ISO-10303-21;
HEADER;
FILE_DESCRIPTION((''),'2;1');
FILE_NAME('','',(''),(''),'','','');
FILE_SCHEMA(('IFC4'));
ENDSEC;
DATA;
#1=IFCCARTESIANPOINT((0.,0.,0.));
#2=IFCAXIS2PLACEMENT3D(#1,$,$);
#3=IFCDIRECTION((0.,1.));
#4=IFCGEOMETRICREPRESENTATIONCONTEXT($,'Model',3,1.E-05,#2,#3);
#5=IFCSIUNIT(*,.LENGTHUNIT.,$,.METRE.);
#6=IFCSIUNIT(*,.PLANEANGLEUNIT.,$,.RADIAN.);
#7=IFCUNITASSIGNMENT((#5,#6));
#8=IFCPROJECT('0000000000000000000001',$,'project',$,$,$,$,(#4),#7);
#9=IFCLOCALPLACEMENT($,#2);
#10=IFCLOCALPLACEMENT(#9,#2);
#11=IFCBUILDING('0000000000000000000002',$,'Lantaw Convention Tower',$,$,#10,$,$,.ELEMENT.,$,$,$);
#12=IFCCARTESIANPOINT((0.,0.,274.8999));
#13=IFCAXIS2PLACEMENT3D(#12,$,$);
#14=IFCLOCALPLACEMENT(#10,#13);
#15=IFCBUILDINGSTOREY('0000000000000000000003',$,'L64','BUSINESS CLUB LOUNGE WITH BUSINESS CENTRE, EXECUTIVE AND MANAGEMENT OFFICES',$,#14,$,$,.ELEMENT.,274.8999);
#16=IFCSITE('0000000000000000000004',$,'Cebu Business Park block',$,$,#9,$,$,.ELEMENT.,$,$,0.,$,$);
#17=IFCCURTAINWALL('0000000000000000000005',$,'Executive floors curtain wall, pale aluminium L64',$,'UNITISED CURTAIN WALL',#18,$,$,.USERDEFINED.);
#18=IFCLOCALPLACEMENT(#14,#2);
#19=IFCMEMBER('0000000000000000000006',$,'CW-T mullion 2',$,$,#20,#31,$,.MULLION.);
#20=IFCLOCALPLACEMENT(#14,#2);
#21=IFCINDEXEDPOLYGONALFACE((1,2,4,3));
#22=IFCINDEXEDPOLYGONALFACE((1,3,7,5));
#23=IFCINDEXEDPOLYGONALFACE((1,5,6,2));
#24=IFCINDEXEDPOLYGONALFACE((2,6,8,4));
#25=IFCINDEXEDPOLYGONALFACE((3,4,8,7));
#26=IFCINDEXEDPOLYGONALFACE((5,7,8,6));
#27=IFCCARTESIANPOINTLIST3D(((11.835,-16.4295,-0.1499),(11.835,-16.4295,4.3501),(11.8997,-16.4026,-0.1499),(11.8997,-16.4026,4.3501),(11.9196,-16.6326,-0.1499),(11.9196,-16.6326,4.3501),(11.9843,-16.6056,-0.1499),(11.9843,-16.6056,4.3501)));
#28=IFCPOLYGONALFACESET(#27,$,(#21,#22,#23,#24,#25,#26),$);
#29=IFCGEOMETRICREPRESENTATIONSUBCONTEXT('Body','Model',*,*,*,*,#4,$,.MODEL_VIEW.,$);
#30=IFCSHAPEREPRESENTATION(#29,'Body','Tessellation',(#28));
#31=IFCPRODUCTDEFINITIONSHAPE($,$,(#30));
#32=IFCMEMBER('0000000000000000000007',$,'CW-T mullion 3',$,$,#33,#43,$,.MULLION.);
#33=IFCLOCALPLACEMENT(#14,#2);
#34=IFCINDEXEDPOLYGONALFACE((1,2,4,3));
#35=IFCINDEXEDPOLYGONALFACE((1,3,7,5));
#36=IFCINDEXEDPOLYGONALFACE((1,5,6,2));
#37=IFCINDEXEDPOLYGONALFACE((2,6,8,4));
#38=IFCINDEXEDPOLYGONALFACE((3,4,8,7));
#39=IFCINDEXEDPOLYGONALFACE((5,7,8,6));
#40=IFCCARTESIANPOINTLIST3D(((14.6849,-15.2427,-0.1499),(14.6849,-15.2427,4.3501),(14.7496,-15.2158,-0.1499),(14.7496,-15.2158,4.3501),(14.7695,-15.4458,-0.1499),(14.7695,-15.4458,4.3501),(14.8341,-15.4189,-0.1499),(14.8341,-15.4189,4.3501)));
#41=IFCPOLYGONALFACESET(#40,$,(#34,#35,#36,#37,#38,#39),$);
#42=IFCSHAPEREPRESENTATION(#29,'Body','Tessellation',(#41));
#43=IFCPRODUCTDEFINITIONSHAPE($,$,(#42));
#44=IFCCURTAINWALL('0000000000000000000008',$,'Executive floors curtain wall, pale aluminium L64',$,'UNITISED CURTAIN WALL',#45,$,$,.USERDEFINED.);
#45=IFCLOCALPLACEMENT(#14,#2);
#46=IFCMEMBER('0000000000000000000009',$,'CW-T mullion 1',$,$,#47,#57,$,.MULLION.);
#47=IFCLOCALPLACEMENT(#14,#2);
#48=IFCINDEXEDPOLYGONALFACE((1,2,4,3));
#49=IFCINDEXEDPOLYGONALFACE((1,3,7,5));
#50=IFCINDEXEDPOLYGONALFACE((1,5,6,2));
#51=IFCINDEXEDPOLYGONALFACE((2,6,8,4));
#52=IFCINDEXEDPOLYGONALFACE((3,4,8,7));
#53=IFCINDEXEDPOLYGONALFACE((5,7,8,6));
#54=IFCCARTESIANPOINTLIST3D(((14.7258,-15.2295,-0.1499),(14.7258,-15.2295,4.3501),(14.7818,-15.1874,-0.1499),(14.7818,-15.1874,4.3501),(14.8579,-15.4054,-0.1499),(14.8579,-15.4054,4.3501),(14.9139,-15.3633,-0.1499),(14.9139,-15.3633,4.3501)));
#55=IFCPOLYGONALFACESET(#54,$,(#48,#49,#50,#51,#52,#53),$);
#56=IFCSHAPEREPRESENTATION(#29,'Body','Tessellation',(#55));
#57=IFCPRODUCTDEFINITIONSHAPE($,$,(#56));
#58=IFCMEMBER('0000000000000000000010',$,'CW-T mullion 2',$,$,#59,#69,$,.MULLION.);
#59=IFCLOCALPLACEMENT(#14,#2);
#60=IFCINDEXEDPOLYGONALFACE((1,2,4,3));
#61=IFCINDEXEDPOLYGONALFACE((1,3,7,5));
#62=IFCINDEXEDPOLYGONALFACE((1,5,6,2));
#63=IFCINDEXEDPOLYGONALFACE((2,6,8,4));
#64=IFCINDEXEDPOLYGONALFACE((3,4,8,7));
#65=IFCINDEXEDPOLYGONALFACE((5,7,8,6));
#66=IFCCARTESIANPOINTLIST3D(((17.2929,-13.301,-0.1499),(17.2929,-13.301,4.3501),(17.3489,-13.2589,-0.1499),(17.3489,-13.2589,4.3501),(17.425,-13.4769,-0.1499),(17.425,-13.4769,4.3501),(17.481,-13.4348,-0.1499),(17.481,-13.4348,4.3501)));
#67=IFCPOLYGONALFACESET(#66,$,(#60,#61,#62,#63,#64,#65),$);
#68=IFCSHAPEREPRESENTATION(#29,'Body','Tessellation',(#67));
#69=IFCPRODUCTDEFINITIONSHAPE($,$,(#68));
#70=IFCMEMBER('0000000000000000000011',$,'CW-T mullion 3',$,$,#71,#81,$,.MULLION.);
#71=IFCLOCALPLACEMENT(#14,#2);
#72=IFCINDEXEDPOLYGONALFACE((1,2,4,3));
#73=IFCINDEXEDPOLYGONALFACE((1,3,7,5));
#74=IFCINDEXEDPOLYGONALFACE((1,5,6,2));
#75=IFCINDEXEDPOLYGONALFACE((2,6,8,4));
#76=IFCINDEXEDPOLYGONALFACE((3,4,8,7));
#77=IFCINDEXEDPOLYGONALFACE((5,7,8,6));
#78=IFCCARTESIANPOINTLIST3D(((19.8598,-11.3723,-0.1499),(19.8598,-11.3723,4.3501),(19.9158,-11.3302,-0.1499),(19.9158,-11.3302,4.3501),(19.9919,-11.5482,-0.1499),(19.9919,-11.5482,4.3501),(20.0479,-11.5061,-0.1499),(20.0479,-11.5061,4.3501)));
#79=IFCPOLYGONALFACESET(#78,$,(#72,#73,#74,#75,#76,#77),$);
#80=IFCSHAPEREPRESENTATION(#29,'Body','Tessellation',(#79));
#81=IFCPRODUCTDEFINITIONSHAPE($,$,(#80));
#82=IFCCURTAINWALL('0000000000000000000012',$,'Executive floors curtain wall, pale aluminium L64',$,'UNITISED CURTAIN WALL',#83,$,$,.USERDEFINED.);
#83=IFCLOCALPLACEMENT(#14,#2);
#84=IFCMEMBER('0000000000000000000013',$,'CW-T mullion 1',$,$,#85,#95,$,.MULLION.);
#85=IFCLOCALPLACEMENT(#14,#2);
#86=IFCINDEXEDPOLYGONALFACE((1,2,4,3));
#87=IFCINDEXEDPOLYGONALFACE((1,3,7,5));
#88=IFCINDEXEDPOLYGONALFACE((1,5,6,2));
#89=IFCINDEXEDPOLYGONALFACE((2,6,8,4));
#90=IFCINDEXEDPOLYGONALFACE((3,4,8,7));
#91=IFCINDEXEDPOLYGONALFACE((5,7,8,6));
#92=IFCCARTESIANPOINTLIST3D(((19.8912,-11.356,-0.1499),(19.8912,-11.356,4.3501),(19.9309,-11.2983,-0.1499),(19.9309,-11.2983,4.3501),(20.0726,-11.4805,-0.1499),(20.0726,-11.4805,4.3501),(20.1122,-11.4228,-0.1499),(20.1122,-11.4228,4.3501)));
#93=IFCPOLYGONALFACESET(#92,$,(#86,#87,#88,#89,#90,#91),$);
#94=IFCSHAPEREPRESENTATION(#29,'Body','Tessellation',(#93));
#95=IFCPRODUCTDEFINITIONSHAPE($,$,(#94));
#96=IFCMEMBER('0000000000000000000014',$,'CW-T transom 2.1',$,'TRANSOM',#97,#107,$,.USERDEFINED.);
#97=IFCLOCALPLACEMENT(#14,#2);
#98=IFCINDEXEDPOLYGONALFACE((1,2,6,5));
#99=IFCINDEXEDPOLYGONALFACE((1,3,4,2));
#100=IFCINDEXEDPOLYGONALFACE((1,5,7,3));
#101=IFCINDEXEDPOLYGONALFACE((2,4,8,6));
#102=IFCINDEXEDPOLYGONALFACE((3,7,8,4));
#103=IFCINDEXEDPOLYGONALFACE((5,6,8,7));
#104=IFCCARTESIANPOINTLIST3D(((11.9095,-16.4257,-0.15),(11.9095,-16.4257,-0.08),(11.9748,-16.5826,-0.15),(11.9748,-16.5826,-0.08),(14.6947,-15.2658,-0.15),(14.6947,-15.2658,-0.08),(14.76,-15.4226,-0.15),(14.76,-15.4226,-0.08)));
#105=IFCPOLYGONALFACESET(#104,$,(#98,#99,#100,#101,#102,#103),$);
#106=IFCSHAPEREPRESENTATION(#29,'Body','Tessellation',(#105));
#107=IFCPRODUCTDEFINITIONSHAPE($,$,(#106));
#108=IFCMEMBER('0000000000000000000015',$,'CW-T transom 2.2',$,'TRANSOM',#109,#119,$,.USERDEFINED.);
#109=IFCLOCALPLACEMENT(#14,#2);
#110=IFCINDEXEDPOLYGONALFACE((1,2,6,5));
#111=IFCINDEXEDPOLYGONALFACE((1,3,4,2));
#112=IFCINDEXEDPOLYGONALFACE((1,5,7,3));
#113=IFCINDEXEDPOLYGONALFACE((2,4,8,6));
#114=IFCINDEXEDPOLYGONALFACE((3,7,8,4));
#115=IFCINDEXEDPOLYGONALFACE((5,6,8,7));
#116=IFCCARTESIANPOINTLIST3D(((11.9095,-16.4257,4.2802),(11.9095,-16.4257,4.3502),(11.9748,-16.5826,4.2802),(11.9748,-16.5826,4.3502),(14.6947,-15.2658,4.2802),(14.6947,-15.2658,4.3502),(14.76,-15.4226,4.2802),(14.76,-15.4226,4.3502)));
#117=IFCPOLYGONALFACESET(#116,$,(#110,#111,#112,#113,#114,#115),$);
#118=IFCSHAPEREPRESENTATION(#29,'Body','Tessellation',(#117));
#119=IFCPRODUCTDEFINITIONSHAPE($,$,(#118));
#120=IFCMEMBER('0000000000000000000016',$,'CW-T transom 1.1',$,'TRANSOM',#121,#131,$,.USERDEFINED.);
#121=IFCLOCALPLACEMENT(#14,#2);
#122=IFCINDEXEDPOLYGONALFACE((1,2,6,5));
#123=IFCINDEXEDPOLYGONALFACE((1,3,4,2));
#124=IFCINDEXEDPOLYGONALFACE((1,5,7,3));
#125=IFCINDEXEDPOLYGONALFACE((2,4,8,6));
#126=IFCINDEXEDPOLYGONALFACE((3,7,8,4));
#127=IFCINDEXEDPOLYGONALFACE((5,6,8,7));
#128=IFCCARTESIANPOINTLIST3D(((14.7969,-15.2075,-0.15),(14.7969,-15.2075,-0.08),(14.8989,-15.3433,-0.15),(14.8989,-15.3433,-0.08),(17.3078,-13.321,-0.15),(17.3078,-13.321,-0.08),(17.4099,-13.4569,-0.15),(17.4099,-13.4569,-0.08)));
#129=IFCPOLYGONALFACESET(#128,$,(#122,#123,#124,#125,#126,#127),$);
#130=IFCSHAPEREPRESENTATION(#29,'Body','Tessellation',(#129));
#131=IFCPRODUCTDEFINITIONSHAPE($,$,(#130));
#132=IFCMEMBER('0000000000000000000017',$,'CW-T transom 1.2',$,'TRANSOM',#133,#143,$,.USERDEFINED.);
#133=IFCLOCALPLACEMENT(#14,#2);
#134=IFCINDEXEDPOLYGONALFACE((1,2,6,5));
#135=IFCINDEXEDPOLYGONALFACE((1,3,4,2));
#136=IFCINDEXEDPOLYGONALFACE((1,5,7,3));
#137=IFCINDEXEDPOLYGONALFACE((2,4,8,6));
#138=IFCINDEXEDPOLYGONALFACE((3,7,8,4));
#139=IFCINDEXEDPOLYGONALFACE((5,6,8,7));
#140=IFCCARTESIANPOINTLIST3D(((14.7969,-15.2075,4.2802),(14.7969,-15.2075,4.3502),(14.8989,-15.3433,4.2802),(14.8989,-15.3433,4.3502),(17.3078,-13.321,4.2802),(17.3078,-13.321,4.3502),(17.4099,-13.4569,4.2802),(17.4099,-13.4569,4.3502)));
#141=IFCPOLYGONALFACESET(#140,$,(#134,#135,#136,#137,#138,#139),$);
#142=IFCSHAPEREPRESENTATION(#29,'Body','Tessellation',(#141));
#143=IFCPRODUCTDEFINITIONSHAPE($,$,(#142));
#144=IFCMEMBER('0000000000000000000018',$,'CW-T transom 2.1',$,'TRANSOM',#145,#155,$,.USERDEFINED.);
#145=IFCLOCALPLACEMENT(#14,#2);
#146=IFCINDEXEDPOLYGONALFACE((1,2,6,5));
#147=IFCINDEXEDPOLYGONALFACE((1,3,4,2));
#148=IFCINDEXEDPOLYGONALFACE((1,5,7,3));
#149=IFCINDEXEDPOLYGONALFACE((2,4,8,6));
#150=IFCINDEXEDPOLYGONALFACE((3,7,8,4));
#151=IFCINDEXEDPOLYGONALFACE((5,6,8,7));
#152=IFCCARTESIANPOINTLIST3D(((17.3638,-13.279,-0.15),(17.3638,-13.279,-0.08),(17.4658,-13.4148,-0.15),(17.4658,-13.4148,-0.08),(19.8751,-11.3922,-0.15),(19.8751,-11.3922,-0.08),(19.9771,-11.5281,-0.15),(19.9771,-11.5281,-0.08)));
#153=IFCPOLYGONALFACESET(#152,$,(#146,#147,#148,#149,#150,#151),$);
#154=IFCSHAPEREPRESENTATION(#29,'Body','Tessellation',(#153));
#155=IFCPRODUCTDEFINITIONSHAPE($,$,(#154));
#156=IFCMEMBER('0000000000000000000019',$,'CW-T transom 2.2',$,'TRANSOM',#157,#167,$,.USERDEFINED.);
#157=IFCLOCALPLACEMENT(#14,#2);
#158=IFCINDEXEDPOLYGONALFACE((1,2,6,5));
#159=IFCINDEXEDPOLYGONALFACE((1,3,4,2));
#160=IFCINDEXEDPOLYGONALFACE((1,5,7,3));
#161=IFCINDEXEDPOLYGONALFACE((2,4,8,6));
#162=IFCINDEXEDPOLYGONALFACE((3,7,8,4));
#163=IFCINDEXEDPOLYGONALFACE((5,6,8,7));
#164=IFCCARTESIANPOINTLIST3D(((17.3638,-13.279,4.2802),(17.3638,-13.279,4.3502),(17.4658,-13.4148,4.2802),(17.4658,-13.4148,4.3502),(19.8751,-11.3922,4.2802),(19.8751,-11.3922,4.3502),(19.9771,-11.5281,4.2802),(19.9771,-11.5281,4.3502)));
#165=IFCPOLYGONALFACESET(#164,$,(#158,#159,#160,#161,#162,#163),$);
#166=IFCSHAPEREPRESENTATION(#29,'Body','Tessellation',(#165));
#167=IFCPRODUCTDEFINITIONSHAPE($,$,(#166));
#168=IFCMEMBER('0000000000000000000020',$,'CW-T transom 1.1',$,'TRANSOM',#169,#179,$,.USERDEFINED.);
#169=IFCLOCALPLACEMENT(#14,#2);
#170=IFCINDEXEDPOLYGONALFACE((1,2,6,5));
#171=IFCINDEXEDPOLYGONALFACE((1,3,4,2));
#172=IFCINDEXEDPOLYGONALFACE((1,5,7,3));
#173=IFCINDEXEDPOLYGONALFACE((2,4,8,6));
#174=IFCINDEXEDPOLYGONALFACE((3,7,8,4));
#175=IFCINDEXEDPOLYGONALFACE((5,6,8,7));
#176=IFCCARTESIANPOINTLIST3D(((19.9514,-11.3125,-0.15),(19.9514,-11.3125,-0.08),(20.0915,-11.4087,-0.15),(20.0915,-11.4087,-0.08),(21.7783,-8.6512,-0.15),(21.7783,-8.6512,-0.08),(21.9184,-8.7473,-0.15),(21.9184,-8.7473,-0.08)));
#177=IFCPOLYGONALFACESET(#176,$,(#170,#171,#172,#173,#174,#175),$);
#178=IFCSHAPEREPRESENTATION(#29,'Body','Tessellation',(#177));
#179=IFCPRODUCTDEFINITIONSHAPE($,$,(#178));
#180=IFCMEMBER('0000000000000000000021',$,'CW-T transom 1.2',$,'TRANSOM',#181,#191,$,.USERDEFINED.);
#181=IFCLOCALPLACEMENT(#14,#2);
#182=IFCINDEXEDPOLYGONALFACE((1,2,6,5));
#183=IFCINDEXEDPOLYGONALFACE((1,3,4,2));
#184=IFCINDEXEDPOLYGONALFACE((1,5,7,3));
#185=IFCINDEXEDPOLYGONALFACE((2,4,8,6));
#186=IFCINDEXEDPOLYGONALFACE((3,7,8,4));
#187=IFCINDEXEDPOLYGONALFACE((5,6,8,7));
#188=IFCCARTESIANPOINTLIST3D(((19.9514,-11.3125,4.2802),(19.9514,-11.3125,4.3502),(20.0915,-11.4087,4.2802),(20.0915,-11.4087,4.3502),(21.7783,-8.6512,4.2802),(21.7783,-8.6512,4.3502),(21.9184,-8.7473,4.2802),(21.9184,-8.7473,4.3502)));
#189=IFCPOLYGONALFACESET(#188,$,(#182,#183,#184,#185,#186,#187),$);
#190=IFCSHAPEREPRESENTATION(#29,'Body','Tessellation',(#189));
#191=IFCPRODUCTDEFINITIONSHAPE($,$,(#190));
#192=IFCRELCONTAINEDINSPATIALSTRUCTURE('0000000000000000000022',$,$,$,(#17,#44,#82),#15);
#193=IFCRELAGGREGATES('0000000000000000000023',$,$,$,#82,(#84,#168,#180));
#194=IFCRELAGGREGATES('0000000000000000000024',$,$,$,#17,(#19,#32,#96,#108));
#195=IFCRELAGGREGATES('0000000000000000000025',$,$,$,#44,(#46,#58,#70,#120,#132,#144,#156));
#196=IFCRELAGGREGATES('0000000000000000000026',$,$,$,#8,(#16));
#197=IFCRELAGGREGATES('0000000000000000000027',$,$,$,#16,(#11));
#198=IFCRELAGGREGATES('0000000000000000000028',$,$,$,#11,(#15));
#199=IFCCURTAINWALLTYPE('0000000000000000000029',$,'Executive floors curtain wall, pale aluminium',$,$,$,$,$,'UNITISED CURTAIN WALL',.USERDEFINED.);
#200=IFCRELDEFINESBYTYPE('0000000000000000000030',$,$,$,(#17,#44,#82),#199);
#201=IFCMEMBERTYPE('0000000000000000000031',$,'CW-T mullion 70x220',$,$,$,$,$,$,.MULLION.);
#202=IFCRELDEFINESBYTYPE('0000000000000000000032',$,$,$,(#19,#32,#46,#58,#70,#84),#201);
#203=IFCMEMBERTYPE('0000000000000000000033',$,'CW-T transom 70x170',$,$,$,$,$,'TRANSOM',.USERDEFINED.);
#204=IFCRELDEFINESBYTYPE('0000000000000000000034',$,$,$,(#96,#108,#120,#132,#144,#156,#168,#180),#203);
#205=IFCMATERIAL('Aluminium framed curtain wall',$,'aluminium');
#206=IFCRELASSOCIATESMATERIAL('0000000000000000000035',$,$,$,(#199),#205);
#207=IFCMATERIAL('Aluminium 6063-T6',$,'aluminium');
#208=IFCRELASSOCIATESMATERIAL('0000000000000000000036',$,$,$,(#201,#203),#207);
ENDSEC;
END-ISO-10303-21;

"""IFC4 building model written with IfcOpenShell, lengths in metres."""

from ifc_helpers import new_model, si_unit, direction, frame, origin, origin_2d, place, context, subcontext, project, spatial, rectangle, extrude, material, material_profile, profile_set, type_object, element, aggregate, save


model = new_model("IFC4")

# Units and contexts
model_context = context("Model", 3, precision=1e-05, world=origin(), true_north=direction((0.0, 1.0)))
body_context = subcontext(model_context, "Body", "Model", "MODEL_VIEW")
ifc_project = project(units=[si_unit("LENGTHUNIT", "METRE"), si_unit("PLANEANGLEUNIT", "RADIAN")], contexts=[model_context])

# Site, building, storey
site_placement = place(None, origin())
site = spatial("IfcSite", under=ifc_project, at=site_placement, Name="Cebu Business Park block", CompositionType="ELEMENT", RefElevation=0.0)
building_placement = place(site_placement, origin())
building = spatial("IfcBuilding", under=site, at=building_placement, Name="Lantaw Convention Tower", CompositionType="ELEMENT")
storey_placement = place(building_placement, frame((0.0, 0.0, 274.8999)))
storey = spatial("IfcBuildingStorey", under=building, at=storey_placement, Name="L64", Description="BUSINESS CLUB LOUNGE WITH BUSINESS CENTRE, EXECUTIVE AND MANAGEMENT OFFICES", CompositionType="ELEMENT", Elevation=274.8999)

# Curtain walls, members
ifc_material_1 = material(Name="Aluminium framed curtain wall", Category="aluminium")
curtain_wall_type = type_object("IfcCurtainWallType", Name="Executive floors curtain wall, pale aluminium", ElementType="UNITISED CURTAIN WALL", PredefinedType="USERDEFINED", material=ifc_material_1)
curtain_wall_1_placement = place(storey_placement, origin())
curtain_wall_1 = element("IfcCurtainWall", 1, at=curtain_wall_1_placement, inside=storey, type_object=curtain_wall_type, Name="Executive floors curtain wall, pale aluminium L64", ObjectType="UNITISED CURTAIN WALL", PredefinedType="USERDEFINED")
ifc_material_2 = material(Name="Aluminium 6063-T6", Category="aluminium")
ifc_material_profile_1 = material_profile(ifc_material_2, rectangle(XDim=0.22, YDim=0.0701, at=origin_2d()), Name="CW-T mullion 70x220")
ifc_profile_set_1 = profile_set([ifc_material_profile_1], Name="Aluminium 6063-T6")
member_type_1 = type_object("IfcMemberType", Name="CW-T mullion 70x220", PredefinedType="MULLION", material=ifc_profile_set_1)
member_1_placement = place(storey_placement, frame((11.9097, -16.5176, -0.1499), z_axis=(0.0, 0.0, 1.0), x_axis=(-0.38446, 0.923142, 0.0)))
member_1 = element("IfcMember", 2, at=member_1_placement, type_object=member_type_1, Name="CW-T mullion 2", PredefinedType="MULLION", context=body_context, shape_type="SweptSolid", body=[
    extrude(rectangle(XDim=0.22, YDim=0.0701, at=origin_2d()), origin(), (0.0, 0.0, 1.0), 4.5),
])
member_2_placement = place(storey_placement, frame((14.7595, -15.3308, -0.1499), z_axis=(0.0, 0.0, 1.0), x_axis=(-0.38446, 0.923142, 0.0)))
member_2 = element("IfcMember", 3, at=member_2_placement, type_object=member_type_1, Name="CW-T mullion 3", PredefinedType="MULLION", context=body_context, shape_type="SweptSolid", body=[
    extrude(rectangle(XDim=0.22, YDim=0.0701, at=origin_2d()), origin(), (0.0, 0.0, 1.0), 4.5),
])
curtain_wall_2_placement = place(storey_placement, origin())
curtain_wall_2 = element("IfcCurtainWall", 4, at=curtain_wall_2_placement, inside=storey, type_object=curtain_wall_type, Name="Executive floors curtain wall, pale aluminium L64", ObjectType="UNITISED CURTAIN WALL", PredefinedType="USERDEFINED")
member_3_placement = place(storey_placement, frame((14.8198, -15.2964, -0.1499), z_axis=(0.0, 0.0, 1.0), x_axis=(-0.600643, 0.799518, 0.0)))
member_3 = element("IfcMember", 5, at=member_3_placement, type_object=member_type_1, Name="CW-T mullion 1", PredefinedType="MULLION", context=body_context, shape_type="SweptSolid", body=[
    extrude(rectangle(XDim=0.22, YDim=0.0701, at=origin_2d()), origin(), (0.0, 0.0, 1.0), 4.5),
])
member_4_placement = place(storey_placement, frame((17.387, -13.3679, -0.1499), z_axis=(0.0, 0.0, 1.0), x_axis=(-0.600643, 0.799518, 0.0)))
member_4 = element("IfcMember", 6, at=member_4_placement, type_object=member_type_1, Name="CW-T mullion 2", PredefinedType="MULLION", context=body_context, shape_type="SweptSolid", body=[
    extrude(rectangle(XDim=0.22, YDim=0.0701, at=origin_2d()), origin(), (0.0, 0.0, 1.0), 4.5),
])
member_5_placement = place(storey_placement, frame((19.9539, -11.4392, -0.1499), z_axis=(0.0, 0.0, 1.0), x_axis=(-0.600643, 0.799518, 0.0)))
member_5 = element("IfcMember", 7, at=member_5_placement, type_object=member_type_1, Name="CW-T mullion 3", PredefinedType="MULLION", context=body_context, shape_type="SweptSolid", body=[
    extrude(rectangle(XDim=0.22, YDim=0.0701, at=origin_2d()), origin(), (0.0, 0.0, 1.0), 4.5),
])

# Curtain wall, member
curtain_wall_3_placement = place(storey_placement, origin())
curtain_wall_3 = element("IfcCurtainWall", 8, at=curtain_wall_3_placement, inside=storey, type_object=curtain_wall_type, Name="Executive floors curtain wall, pale aluminium L64", ObjectType="UNITISED CURTAIN WALL", PredefinedType="USERDEFINED")
member_6_placement = place(storey_placement, frame((20.0017, -11.3894, -0.1499), z_axis=(0.0, 0.0, 1.0), x_axis=(-0.82445, 0.565935, 0.0)))
member_6 = element("IfcMember", 9, at=member_6_placement, type_object=member_type_1, Name="CW-T mullion 1", PredefinedType="MULLION", context=body_context, shape_type="SweptSolid", body=[
    extrude(rectangle(XDim=0.22, YDim=0.0701, at=origin_2d()), origin(), (0.0, 0.0, 1.0), 4.5),
])

# Members
ifc_material_profile_2 = material_profile(ifc_material_2, rectangle(XDim=0.1699, YDim=0.0701, at=origin_2d()), Name="CW-T transom 70x170")
ifc_profile_set_2 = profile_set([ifc_material_profile_2], Name="Aluminium 6063-T6")
member_type_2 = type_object("IfcMemberType", Name="CW-T transom 70x170", ElementType="TRANSOM", PredefinedType="USERDEFINED", material=ifc_profile_set_2)
member_7_placement = place(storey_placement, frame((11.9421, -16.5042, -0.115), z_axis=(0.923144, 0.384454, 0.0), x_axis=(-0.384454, 0.923144, 0.0)))
member_7 = element("IfcMember", 10, at=member_7_placement, type_object=member_type_2, Name="CW-T transom 2.1", ObjectType="TRANSOM", PredefinedType="USERDEFINED", context=body_context, shape_type="SweptSolid", body=[
    extrude(rectangle(XDim=0.1699, YDim=0.0701, at=origin_2d()), origin(), (0.0, 0.0, 1.0), 3.0171),
])
member_8_placement = place(storey_placement, frame((11.9421, -16.5042, 4.3152), z_axis=(0.923144, 0.384454, 0.0), x_axis=(-0.384454, 0.923144, 0.0)))
member_8 = element("IfcMember", 11, at=member_8_placement, type_object=member_type_2, Name="CW-T transom 2.2", ObjectType="TRANSOM", PredefinedType="USERDEFINED", context=body_context, shape_type="SweptSolid", body=[
    extrude(rectangle(XDim=0.1699, YDim=0.0701, at=origin_2d()), origin(), (0.0, 0.0, 1.0), 3.0171),
])
member_9_placement = place(storey_placement, frame((14.8479, -15.2754, -0.115), z_axis=(0.799505, 0.600659, 0.0), x_axis=(-0.600659, 0.799505, 0.0)))
member_9 = element("IfcMember", 12, at=member_9_placement, type_object=member_type_2, Name="CW-T transom 1.1", ObjectType="TRANSOM", PredefinedType="USERDEFINED", context=body_context, shape_type="SweptSolid", body=[
    extrude(rectangle(XDim=0.1699, YDim=0.0701, at=origin_2d()), origin(), (0.0, 0.0, 1.0), 3.1406),
])
member_10_placement = place(storey_placement, frame((14.8479, -15.2754, 4.3152), z_axis=(0.799505, 0.600659, 0.0), x_axis=(-0.600659, 0.799505, 0.0)))
member_10 = element("IfcMember", 13, at=member_10_placement, type_object=member_type_2, Name="CW-T transom 1.2", ObjectType="TRANSOM", PredefinedType="USERDEFINED", context=body_context, shape_type="SweptSolid", body=[
    extrude(rectangle(XDim=0.1699, YDim=0.0701, at=origin_2d()), origin(), (0.0, 0.0, 1.0), 3.1406),
])
member_11_placement = place(storey_placement, frame((17.4148, -13.3469, -0.115), z_axis=(0.799496, 0.600671, 0.0), x_axis=(-0.600671, 0.799496, 0.0)))
member_11 = element("IfcMember", 14, at=member_11_placement, type_object=member_type_2, Name="CW-T transom 2.1", ObjectType="TRANSOM", PredefinedType="USERDEFINED", context=body_context, shape_type="SweptSolid", body=[
    extrude(rectangle(XDim=0.1699, YDim=0.0701, at=origin_2d()), origin(), (0.0, 0.0, 1.0), 3.1411),
])
member_12_placement = place(storey_placement, frame((17.4148, -13.3469, 4.3152), z_axis=(0.799496, 0.600671, 0.0), x_axis=(-0.600671, 0.799496, 0.0)))
member_12 = element("IfcMember", 15, at=member_12_placement, type_object=member_type_2, Name="CW-T transom 2.2", ObjectType="TRANSOM", PredefinedType="USERDEFINED", context=body_context, shape_type="SweptSolid", body=[
    extrude(rectangle(XDim=0.1699, YDim=0.0701, at=origin_2d()), origin(), (0.0, 0.0, 1.0), 3.1411),
])
member_13_placement = place(storey_placement, frame((20.0215, -11.3606, -0.115), z_axis=(0.565941, 0.824446, 0.0), x_axis=(-0.824446, 0.565941, 0.0)))
member_13 = element("IfcMember", 16, at=member_13_placement, type_object=member_type_2, Name="CW-T transom 1.1", ObjectType="TRANSOM", PredefinedType="USERDEFINED", context=body_context, shape_type="SweptSolid", body=[
    extrude(rectangle(XDim=0.1699, YDim=0.0701, at=origin_2d()), origin(), (0.0, 0.0, 1.0), 3.228),
])
member_14_placement = place(storey_placement, frame((20.0215, -11.3606, 4.3152), z_axis=(0.565941, 0.824446, 0.0), x_axis=(-0.824446, 0.565941, 0.0)))
member_14 = element("IfcMember", 17, at=member_14_placement, type_object=member_type_2, Name="CW-T transom 1.2", ObjectType="TRANSOM", PredefinedType="USERDEFINED", context=body_context, shape_type="SweptSolid", body=[
    extrude(rectangle(XDim=0.1699, YDim=0.0701, at=origin_2d()), origin(), (0.0, 0.0, 1.0), 3.228),
])
aggregate(curtain_wall_3, [member_6, member_13, member_14])

aggregate(curtain_wall_1, [member_1, member_2, member_7, member_8])
aggregate(curtain_wall_2, [member_3, member_4, member_5, member_9, member_10, member_11, member_12])

save(model, "model.ifc")
